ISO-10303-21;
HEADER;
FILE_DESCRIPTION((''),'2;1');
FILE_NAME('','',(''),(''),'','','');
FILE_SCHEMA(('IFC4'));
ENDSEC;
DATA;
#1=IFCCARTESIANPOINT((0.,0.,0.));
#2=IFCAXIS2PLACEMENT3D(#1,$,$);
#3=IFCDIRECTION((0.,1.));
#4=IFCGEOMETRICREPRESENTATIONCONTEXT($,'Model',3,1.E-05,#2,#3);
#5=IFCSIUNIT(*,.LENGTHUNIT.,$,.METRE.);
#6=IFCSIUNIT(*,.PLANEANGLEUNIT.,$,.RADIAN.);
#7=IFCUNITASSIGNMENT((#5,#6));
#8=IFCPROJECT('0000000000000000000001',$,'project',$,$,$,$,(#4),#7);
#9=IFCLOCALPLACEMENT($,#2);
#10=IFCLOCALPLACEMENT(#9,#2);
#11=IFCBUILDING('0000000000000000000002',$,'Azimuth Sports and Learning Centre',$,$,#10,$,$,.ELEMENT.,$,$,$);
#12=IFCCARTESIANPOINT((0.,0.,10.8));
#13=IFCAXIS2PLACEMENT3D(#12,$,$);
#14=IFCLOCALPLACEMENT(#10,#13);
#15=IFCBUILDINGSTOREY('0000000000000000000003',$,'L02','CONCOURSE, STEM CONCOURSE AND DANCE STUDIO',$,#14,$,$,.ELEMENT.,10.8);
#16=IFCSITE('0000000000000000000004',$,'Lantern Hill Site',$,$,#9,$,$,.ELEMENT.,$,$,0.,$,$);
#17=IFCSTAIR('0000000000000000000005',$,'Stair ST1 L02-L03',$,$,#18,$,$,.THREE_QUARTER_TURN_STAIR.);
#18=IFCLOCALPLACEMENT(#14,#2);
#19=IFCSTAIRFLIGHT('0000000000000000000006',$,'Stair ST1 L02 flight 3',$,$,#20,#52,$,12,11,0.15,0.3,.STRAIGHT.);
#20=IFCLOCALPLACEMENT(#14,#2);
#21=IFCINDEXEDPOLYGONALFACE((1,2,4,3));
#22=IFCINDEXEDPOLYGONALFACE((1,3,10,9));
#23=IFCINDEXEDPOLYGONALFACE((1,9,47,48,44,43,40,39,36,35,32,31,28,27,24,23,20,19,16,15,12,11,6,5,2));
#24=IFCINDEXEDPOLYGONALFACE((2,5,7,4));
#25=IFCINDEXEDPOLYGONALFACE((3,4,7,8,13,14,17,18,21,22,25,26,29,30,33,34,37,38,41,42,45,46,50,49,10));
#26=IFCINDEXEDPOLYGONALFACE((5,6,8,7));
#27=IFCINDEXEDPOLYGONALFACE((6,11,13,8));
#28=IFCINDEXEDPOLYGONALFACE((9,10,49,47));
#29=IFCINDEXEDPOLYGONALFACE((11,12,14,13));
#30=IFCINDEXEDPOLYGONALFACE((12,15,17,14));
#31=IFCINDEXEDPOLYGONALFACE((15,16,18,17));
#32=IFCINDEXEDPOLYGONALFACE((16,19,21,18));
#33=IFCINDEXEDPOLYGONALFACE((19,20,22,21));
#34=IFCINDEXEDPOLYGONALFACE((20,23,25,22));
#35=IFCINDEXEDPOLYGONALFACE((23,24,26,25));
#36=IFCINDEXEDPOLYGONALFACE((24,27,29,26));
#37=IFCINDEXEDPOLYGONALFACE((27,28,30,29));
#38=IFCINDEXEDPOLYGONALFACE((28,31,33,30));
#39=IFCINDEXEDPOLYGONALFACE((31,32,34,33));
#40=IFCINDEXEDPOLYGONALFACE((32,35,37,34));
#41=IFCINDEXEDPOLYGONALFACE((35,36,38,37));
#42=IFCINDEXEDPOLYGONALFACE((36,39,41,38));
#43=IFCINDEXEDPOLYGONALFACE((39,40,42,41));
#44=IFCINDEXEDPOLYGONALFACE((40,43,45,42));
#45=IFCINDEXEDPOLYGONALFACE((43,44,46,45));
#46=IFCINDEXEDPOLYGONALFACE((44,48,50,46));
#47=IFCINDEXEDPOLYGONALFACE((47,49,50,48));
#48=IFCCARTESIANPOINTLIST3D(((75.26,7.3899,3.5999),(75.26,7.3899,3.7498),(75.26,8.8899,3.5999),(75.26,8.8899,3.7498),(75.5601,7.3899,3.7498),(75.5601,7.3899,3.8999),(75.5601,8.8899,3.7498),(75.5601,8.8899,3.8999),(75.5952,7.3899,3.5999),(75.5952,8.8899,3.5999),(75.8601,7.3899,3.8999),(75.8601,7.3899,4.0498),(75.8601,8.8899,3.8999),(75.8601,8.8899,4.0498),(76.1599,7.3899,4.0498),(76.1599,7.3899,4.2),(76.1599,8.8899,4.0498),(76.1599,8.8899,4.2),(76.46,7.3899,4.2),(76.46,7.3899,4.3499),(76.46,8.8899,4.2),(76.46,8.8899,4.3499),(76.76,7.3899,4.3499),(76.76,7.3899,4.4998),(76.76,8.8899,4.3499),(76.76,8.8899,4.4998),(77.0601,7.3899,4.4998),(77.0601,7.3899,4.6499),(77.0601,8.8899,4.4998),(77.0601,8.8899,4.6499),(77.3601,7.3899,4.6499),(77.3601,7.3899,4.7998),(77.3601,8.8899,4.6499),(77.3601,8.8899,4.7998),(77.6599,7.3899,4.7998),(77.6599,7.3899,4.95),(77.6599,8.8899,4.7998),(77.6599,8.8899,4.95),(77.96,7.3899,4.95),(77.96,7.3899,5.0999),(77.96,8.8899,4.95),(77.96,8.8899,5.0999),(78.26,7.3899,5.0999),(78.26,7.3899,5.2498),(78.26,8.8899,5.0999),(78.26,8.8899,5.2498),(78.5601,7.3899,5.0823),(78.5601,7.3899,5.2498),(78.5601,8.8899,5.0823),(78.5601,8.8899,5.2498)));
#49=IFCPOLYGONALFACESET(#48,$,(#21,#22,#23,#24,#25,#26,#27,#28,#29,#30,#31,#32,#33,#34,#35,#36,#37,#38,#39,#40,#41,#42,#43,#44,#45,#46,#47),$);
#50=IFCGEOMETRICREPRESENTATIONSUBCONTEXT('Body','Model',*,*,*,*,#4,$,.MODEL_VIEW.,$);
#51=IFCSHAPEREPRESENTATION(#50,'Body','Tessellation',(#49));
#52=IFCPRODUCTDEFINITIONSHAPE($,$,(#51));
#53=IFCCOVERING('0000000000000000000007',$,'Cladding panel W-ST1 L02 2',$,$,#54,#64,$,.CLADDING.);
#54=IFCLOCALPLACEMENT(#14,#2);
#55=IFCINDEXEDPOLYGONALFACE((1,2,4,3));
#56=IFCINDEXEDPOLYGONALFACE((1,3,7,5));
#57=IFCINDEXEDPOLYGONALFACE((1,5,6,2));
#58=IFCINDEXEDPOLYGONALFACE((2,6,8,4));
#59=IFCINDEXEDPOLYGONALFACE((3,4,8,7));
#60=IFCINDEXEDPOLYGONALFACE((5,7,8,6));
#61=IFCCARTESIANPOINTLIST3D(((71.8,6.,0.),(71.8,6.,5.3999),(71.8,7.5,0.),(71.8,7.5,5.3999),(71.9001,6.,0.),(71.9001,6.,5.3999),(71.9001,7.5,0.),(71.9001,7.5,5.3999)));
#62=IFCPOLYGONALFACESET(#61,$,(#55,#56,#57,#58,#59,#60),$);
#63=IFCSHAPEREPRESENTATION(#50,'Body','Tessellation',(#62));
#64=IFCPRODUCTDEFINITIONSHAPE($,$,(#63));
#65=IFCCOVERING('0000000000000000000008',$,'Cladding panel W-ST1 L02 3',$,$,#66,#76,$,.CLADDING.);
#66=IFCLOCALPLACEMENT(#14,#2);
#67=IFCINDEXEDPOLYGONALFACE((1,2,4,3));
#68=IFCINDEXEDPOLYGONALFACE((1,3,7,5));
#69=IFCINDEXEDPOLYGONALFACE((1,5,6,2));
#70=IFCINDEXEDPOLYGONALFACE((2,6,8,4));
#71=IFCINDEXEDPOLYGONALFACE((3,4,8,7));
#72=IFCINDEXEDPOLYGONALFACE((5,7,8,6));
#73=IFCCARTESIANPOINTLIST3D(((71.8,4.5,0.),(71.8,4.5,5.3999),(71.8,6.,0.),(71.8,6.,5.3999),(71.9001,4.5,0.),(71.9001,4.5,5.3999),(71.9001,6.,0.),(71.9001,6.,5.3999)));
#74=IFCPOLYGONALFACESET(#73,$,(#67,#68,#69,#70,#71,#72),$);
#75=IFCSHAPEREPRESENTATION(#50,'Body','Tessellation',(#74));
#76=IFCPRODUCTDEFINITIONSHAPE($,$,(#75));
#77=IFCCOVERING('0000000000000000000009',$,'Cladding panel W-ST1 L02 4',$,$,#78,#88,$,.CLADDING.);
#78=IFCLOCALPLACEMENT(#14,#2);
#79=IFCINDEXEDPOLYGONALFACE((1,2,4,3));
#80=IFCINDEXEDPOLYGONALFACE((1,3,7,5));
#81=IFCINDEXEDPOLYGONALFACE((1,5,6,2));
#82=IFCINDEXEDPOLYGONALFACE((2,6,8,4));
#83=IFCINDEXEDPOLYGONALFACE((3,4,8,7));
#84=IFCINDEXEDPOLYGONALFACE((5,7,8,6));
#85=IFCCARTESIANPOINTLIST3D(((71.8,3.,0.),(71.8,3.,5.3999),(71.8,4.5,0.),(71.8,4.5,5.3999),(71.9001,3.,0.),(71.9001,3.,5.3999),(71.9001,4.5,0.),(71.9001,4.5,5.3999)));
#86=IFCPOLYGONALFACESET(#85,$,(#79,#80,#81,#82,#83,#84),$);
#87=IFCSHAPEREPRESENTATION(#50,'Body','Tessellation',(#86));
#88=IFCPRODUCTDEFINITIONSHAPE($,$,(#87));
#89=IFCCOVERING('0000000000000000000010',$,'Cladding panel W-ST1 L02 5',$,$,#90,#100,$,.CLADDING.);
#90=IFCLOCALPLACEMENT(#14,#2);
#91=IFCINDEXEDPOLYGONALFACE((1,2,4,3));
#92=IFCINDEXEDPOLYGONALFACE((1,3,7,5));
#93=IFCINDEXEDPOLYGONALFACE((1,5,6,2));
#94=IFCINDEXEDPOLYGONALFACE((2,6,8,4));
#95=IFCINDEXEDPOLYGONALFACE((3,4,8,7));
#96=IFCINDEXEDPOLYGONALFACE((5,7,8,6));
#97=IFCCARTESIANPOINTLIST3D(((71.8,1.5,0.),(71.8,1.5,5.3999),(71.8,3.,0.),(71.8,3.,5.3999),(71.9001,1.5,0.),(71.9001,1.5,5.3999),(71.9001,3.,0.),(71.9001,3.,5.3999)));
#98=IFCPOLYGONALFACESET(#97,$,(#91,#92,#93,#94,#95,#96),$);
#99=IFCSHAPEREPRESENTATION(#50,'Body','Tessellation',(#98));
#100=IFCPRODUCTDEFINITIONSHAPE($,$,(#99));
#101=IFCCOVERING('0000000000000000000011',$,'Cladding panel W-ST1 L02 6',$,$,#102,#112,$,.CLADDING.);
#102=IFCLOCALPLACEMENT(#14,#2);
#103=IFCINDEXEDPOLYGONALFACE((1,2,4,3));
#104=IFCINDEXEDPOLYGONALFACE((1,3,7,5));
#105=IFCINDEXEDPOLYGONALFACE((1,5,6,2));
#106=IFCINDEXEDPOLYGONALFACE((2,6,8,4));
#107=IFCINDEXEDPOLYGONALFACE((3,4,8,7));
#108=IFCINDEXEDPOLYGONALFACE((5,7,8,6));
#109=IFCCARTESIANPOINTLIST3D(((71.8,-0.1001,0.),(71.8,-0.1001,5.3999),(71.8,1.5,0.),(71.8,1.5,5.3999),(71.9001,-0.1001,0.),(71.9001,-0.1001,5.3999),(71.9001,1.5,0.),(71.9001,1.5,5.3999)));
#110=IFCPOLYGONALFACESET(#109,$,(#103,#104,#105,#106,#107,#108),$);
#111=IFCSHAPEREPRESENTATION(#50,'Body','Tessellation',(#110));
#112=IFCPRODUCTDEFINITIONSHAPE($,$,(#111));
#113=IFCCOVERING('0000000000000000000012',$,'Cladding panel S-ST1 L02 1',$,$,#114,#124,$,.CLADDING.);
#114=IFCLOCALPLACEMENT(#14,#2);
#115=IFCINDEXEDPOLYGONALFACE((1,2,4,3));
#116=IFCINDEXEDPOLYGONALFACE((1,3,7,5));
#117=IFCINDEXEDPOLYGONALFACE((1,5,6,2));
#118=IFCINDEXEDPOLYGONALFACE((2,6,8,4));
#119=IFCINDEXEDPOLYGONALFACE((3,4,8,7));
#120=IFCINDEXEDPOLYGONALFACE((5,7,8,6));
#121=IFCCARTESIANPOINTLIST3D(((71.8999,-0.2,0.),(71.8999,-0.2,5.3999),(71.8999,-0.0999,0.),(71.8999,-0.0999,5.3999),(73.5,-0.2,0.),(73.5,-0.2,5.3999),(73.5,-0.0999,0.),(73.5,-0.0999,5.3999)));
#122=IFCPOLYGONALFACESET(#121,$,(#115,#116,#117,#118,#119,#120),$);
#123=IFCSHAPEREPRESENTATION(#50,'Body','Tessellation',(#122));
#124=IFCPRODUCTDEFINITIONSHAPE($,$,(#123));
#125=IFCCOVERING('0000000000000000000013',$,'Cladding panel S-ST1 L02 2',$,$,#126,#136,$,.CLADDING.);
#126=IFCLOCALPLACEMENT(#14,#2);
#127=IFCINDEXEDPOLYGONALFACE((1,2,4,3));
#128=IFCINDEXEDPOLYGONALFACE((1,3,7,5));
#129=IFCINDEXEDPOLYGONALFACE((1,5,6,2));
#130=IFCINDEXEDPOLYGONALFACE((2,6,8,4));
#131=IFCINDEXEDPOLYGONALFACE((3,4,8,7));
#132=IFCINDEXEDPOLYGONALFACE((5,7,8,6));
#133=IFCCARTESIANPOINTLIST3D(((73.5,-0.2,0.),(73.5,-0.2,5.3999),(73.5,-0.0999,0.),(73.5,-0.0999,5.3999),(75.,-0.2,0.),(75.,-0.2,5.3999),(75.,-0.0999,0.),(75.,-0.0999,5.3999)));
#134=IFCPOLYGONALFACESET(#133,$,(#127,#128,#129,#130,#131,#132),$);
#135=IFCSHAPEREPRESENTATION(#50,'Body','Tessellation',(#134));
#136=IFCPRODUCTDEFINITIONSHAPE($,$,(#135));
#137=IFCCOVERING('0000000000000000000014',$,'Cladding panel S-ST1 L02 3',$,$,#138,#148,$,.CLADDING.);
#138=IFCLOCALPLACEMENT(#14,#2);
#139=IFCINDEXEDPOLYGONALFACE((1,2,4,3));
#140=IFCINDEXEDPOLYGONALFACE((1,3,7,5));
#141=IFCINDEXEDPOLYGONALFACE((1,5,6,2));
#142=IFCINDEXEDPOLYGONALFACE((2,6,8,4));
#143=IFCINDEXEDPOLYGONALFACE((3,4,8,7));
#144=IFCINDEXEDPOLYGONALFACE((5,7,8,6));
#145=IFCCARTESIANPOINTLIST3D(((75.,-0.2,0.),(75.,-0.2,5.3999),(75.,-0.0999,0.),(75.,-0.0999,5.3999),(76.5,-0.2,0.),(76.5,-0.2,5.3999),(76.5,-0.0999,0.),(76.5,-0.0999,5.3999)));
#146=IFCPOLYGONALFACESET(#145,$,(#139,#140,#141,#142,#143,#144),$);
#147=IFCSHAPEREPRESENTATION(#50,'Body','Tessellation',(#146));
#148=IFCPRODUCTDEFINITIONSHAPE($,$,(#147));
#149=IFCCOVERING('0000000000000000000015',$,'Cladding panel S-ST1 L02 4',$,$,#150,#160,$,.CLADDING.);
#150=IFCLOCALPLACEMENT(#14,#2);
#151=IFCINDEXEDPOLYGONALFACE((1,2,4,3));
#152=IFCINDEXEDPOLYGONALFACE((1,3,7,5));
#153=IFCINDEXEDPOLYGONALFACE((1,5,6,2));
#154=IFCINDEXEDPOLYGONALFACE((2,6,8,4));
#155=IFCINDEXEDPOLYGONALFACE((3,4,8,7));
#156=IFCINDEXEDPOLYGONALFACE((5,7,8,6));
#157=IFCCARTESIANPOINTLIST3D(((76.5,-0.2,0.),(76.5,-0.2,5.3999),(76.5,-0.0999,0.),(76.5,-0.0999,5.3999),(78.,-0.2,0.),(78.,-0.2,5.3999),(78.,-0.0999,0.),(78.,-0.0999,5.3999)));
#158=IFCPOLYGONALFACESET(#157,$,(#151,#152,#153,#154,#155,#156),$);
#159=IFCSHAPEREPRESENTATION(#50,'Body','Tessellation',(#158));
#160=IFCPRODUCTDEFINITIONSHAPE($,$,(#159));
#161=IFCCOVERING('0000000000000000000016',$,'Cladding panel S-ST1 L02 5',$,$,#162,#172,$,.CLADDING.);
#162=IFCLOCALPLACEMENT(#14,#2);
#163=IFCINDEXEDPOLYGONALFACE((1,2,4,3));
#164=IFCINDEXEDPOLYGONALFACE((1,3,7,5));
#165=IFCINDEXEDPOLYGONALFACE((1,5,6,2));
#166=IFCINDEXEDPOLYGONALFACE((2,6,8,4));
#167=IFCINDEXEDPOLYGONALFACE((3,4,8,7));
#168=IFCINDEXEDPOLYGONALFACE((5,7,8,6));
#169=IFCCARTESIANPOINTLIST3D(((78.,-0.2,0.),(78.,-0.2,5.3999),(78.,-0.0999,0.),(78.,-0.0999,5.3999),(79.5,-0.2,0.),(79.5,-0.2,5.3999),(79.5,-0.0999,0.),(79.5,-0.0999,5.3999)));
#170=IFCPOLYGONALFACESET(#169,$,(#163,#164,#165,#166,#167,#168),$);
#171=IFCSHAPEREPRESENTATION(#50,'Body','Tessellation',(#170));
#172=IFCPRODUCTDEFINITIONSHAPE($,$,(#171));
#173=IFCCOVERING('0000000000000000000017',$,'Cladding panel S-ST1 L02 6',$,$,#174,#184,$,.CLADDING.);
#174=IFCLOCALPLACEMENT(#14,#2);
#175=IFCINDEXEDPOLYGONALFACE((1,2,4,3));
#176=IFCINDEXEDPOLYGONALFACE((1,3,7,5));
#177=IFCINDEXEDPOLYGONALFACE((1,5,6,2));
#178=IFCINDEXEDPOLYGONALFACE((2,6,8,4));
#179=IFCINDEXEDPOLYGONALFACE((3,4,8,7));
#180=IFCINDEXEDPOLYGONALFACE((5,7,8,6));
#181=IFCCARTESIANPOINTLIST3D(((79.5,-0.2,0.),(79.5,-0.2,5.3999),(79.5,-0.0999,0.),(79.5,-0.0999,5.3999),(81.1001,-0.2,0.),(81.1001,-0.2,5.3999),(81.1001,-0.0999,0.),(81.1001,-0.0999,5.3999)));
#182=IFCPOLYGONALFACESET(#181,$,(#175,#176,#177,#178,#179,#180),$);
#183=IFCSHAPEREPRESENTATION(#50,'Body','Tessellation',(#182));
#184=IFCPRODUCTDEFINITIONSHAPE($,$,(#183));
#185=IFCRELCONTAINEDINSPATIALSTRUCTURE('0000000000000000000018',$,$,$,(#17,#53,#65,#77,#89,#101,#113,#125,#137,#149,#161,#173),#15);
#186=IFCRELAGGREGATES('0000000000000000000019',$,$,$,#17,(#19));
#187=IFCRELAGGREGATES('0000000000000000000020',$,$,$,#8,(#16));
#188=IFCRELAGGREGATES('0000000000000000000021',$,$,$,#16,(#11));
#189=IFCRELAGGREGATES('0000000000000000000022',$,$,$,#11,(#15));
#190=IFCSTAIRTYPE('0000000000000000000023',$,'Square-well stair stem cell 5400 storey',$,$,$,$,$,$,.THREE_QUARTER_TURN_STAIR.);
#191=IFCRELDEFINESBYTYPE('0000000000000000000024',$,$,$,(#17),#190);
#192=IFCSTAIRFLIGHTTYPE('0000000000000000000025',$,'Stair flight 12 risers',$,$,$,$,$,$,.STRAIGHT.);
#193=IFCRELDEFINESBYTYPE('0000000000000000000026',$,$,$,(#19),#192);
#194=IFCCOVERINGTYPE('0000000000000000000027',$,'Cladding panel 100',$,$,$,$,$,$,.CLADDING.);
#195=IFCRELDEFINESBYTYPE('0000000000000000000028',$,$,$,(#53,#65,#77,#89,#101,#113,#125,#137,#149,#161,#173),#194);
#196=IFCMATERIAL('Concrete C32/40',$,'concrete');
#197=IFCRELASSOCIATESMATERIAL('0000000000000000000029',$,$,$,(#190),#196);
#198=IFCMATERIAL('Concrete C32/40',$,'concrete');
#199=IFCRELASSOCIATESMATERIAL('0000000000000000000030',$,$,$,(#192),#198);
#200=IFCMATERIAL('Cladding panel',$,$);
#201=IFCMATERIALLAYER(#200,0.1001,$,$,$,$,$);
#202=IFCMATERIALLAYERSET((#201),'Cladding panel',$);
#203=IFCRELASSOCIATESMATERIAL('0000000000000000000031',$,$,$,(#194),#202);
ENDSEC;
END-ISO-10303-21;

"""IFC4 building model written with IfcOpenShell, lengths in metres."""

from ifc_helpers import new_model, si_unit, direction, frame, origin, origin_2d, place, context, subcontext, project, spatial, polyline, rectangle, outline, extrude, material, layer, layer_set, type_object, element, aggregate, save


model = new_model("IFC4")

# Units and contexts
model_context = context("Model", 3, precision=1e-05, world=origin(), true_north=direction((0.0, 1.0)))
body_context = subcontext(model_context, "Body", "Model", "MODEL_VIEW")
ifc_project = project(units=[si_unit("LENGTHUNIT", "METRE"), si_unit("PLANEANGLEUNIT", "RADIAN")], contexts=[model_context])

# Site, building, storey
site_placement = place(None, origin())
site = spatial("IfcSite", under=ifc_project, at=site_placement, Name="Lantern Hill Site", CompositionType="ELEMENT", RefElevation=0.0)
building_placement = place(site_placement, origin())
building = spatial("IfcBuilding", under=site, at=building_placement, Name="Azimuth Sports and Learning Centre", CompositionType="ELEMENT")
storey_placement = place(building_placement, frame((0.0, 0.0, 10.8)))
storey = spatial("IfcBuildingStorey", under=building, at=storey_placement, Name="L02", Description="CONCOURSE, STEM CONCOURSE AND DANCE STUDIO", CompositionType="ELEMENT", Elevation=10.8)

# Stair, stair flight
ifc_material_1 = material(Name="Concrete C32/40", Category="concrete")
stair_type = type_object("IfcStairType", Name="Square-well stair stem cell 5400 storey", PredefinedType="THREE_QUARTER_TURN_STAIR", material=ifc_material_1)
stair_placement = place(storey_placement, origin())
stair = element("IfcStair", 1, at=stair_placement, inside=storey, type_object=stair_type, Name="Stair ST1 L02-L03", PredefinedType="THREE_QUARTER_TURN_STAIR")
ifc_material_2 = material(Name="Concrete C32/40", Category="concrete")
stair_flight_type = type_object("IfcStairFlightType", Name="Stair flight 12 risers", PredefinedType="STRAIGHT", material=ifc_material_2)
stair_flight_1_placement = place(storey_placement, frame((75.26, 8.1399, 3.5999), z_axis=(0.0, 0.0, 1.0), x_axis=(1.0, 0.0, 0.0)))
stair_flight_1 = element("IfcStairFlight", 2, at=stair_flight_1_placement, type_object=stair_flight_type, Name="Stair ST1 L02 flight 3", NumberOfRisers=12, NumberOfTreads=11, PredefinedType="STRAIGHT", RiserHeight=0.15, TreadLength=0.3, context=body_context, shape_type="SweptSolid", body=[
    extrude(outline(polyline([(0.0, 0.0), (0.0, 0.1499), (0.3, 0.1499), (0.3, 0.3), (0.6001, 0.3), (0.6001, 0.45), (0.8999, 0.45), (0.8999, 0.6001), (1.2, 0.6001), (1.2, 0.75), (1.5, 0.75), (1.5, 0.8999), (1.8, 0.8999), (1.8, 1.05), (2.1001, 1.05), (2.1001, 1.2), (2.3999, 1.2), (2.3999, 1.3501), (2.7, 1.3501), (2.7, 1.5), (3.0, 1.5), (3.0, 1.6499), (3.3, 1.6499), (3.3, 1.8), (3.3, 1.4824), (0.3352, 0.0), (0.0, 0.0)])), frame((0.0, 0.75, 0.0), z_axis=(0.0, -1.0, 0.0), x_axis=(1.0, 0.0, 0.0)), (0.0, 0.0, 1.0), 1.5),
])
aggregate(stair, [stair_flight_1])

# Coverings
ifc_material_3 = material(Name="Cladding panel")
ifc_layer_1 = layer(ifc_material_3, 0.1001)
ifc_layer_set_1 = layer_set([ifc_layer_1], Name="Cladding panel")
covering_type = type_object("IfcCoveringType", Name="Cladding panel 100", PredefinedType="CLADDING", material=ifc_layer_set_1)
for number, where, z_axis, x_axis, name in (
    (3, (71.8501, 6.75, 0.0), (0.0, 0.0, 1.0), (0.0, -1.0, 0.0), "Cladding panel W-ST1 L02 2"),
    (4, (71.8501, 5.25, 0.0), (0.0, 0.0, 1.0), (0.0, -1.0, 0.0), "Cladding panel W-ST1 L02 3"),
    (5, (71.8501, 3.75, 0.0), (0.0, 0.0, 1.0), (0.0, -1.0, 0.0), "Cladding panel W-ST1 L02 4"),
    (6, (71.8501, 2.25, 0.0), (0.0, 0.0, 1.0), (0.0, -1.0, 0.0), "Cladding panel W-ST1 L02 5"),
):
    element("IfcCovering", number, at=place(storey_placement, frame(where, z_axis=z_axis, x_axis=x_axis)), inside=storey, type_object=covering_type, Name=name, PredefinedType="CLADDING", context=body_context, shape_type="SweptSolid", body=[
        extrude(rectangle(XDim=1.5, YDim=0.1001, at=origin_2d()), origin(), (0.0, 0.0, 1.0), 5.3999),
    ])
for number, where, z_axis, x_axis, name in (
    (7, (71.8501, 0.7, 0.0), (0.0, 0.0, 1.0), (0.0, -1.0, 0.0), "Cladding panel W-ST1 L02 6"),
    (8, (72.7, -0.1499, 0.0), (0.0, 0.0, 1.0), (1.0, 0.0, 0.0), "Cladding panel S-ST1 L02 1"),
):
    element("IfcCovering", number, at=place(storey_placement, frame(where, z_axis=z_axis, x_axis=x_axis)), inside=storey, type_object=covering_type, Name=name, PredefinedType="CLADDING", context=body_context, shape_type="SweptSolid", body=[
        extrude(rectangle(XDim=1.6001, YDim=0.1001, at=origin_2d()), origin(), (0.0, 0.0, 1.0), 5.3999),
    ])
for number, where, z_axis, x_axis, name in (
    (9, (74.25, -0.1499, 0.0), (0.0, 0.0, 1.0), (1.0, 0.0, 0.0), "Cladding panel S-ST1 L02 2"),
    (10, (75.75, -0.1499, 0.0), (0.0, 0.0, 1.0), (1.0, 0.0, 0.0), "Cladding panel S-ST1 L02 3"),
    (11, (77.25, -0.1499, 0.0), (0.0, 0.0, 1.0), (1.0, 0.0, 0.0), "Cladding panel S-ST1 L02 4"),
    (12, (78.75, -0.1499, 0.0), (0.0, 0.0, 1.0), (1.0, 0.0, 0.0), "Cladding panel S-ST1 L02 5"),
):
    element("IfcCovering", number, at=place(storey_placement, frame(where, z_axis=z_axis, x_axis=x_axis)), inside=storey, type_object=covering_type, Name=name, PredefinedType="CLADDING", context=body_context, shape_type="SweptSolid", body=[
        extrude(rectangle(XDim=1.5, YDim=0.1001, at=origin_2d()), origin(), (0.0, 0.0, 1.0), 5.3999),
    ])
covering_placement = place(storey_placement, frame((80.3, -0.1499, 0.0), z_axis=(0.0, 0.0, 1.0), x_axis=(1.0, 0.0, 0.0)))
element("IfcCovering", 13, at=covering_placement, inside=storey, type_object=covering_type, Name="Cladding panel S-ST1 L02 6", PredefinedType="CLADDING", context=body_context, shape_type="SweptSolid", body=[
    extrude(rectangle(XDim=1.6001, YDim=0.1001, at=origin_2d()), origin(), (0.0, 0.0, 1.0), 5.3999),
])

save(model, "model.ifc")
